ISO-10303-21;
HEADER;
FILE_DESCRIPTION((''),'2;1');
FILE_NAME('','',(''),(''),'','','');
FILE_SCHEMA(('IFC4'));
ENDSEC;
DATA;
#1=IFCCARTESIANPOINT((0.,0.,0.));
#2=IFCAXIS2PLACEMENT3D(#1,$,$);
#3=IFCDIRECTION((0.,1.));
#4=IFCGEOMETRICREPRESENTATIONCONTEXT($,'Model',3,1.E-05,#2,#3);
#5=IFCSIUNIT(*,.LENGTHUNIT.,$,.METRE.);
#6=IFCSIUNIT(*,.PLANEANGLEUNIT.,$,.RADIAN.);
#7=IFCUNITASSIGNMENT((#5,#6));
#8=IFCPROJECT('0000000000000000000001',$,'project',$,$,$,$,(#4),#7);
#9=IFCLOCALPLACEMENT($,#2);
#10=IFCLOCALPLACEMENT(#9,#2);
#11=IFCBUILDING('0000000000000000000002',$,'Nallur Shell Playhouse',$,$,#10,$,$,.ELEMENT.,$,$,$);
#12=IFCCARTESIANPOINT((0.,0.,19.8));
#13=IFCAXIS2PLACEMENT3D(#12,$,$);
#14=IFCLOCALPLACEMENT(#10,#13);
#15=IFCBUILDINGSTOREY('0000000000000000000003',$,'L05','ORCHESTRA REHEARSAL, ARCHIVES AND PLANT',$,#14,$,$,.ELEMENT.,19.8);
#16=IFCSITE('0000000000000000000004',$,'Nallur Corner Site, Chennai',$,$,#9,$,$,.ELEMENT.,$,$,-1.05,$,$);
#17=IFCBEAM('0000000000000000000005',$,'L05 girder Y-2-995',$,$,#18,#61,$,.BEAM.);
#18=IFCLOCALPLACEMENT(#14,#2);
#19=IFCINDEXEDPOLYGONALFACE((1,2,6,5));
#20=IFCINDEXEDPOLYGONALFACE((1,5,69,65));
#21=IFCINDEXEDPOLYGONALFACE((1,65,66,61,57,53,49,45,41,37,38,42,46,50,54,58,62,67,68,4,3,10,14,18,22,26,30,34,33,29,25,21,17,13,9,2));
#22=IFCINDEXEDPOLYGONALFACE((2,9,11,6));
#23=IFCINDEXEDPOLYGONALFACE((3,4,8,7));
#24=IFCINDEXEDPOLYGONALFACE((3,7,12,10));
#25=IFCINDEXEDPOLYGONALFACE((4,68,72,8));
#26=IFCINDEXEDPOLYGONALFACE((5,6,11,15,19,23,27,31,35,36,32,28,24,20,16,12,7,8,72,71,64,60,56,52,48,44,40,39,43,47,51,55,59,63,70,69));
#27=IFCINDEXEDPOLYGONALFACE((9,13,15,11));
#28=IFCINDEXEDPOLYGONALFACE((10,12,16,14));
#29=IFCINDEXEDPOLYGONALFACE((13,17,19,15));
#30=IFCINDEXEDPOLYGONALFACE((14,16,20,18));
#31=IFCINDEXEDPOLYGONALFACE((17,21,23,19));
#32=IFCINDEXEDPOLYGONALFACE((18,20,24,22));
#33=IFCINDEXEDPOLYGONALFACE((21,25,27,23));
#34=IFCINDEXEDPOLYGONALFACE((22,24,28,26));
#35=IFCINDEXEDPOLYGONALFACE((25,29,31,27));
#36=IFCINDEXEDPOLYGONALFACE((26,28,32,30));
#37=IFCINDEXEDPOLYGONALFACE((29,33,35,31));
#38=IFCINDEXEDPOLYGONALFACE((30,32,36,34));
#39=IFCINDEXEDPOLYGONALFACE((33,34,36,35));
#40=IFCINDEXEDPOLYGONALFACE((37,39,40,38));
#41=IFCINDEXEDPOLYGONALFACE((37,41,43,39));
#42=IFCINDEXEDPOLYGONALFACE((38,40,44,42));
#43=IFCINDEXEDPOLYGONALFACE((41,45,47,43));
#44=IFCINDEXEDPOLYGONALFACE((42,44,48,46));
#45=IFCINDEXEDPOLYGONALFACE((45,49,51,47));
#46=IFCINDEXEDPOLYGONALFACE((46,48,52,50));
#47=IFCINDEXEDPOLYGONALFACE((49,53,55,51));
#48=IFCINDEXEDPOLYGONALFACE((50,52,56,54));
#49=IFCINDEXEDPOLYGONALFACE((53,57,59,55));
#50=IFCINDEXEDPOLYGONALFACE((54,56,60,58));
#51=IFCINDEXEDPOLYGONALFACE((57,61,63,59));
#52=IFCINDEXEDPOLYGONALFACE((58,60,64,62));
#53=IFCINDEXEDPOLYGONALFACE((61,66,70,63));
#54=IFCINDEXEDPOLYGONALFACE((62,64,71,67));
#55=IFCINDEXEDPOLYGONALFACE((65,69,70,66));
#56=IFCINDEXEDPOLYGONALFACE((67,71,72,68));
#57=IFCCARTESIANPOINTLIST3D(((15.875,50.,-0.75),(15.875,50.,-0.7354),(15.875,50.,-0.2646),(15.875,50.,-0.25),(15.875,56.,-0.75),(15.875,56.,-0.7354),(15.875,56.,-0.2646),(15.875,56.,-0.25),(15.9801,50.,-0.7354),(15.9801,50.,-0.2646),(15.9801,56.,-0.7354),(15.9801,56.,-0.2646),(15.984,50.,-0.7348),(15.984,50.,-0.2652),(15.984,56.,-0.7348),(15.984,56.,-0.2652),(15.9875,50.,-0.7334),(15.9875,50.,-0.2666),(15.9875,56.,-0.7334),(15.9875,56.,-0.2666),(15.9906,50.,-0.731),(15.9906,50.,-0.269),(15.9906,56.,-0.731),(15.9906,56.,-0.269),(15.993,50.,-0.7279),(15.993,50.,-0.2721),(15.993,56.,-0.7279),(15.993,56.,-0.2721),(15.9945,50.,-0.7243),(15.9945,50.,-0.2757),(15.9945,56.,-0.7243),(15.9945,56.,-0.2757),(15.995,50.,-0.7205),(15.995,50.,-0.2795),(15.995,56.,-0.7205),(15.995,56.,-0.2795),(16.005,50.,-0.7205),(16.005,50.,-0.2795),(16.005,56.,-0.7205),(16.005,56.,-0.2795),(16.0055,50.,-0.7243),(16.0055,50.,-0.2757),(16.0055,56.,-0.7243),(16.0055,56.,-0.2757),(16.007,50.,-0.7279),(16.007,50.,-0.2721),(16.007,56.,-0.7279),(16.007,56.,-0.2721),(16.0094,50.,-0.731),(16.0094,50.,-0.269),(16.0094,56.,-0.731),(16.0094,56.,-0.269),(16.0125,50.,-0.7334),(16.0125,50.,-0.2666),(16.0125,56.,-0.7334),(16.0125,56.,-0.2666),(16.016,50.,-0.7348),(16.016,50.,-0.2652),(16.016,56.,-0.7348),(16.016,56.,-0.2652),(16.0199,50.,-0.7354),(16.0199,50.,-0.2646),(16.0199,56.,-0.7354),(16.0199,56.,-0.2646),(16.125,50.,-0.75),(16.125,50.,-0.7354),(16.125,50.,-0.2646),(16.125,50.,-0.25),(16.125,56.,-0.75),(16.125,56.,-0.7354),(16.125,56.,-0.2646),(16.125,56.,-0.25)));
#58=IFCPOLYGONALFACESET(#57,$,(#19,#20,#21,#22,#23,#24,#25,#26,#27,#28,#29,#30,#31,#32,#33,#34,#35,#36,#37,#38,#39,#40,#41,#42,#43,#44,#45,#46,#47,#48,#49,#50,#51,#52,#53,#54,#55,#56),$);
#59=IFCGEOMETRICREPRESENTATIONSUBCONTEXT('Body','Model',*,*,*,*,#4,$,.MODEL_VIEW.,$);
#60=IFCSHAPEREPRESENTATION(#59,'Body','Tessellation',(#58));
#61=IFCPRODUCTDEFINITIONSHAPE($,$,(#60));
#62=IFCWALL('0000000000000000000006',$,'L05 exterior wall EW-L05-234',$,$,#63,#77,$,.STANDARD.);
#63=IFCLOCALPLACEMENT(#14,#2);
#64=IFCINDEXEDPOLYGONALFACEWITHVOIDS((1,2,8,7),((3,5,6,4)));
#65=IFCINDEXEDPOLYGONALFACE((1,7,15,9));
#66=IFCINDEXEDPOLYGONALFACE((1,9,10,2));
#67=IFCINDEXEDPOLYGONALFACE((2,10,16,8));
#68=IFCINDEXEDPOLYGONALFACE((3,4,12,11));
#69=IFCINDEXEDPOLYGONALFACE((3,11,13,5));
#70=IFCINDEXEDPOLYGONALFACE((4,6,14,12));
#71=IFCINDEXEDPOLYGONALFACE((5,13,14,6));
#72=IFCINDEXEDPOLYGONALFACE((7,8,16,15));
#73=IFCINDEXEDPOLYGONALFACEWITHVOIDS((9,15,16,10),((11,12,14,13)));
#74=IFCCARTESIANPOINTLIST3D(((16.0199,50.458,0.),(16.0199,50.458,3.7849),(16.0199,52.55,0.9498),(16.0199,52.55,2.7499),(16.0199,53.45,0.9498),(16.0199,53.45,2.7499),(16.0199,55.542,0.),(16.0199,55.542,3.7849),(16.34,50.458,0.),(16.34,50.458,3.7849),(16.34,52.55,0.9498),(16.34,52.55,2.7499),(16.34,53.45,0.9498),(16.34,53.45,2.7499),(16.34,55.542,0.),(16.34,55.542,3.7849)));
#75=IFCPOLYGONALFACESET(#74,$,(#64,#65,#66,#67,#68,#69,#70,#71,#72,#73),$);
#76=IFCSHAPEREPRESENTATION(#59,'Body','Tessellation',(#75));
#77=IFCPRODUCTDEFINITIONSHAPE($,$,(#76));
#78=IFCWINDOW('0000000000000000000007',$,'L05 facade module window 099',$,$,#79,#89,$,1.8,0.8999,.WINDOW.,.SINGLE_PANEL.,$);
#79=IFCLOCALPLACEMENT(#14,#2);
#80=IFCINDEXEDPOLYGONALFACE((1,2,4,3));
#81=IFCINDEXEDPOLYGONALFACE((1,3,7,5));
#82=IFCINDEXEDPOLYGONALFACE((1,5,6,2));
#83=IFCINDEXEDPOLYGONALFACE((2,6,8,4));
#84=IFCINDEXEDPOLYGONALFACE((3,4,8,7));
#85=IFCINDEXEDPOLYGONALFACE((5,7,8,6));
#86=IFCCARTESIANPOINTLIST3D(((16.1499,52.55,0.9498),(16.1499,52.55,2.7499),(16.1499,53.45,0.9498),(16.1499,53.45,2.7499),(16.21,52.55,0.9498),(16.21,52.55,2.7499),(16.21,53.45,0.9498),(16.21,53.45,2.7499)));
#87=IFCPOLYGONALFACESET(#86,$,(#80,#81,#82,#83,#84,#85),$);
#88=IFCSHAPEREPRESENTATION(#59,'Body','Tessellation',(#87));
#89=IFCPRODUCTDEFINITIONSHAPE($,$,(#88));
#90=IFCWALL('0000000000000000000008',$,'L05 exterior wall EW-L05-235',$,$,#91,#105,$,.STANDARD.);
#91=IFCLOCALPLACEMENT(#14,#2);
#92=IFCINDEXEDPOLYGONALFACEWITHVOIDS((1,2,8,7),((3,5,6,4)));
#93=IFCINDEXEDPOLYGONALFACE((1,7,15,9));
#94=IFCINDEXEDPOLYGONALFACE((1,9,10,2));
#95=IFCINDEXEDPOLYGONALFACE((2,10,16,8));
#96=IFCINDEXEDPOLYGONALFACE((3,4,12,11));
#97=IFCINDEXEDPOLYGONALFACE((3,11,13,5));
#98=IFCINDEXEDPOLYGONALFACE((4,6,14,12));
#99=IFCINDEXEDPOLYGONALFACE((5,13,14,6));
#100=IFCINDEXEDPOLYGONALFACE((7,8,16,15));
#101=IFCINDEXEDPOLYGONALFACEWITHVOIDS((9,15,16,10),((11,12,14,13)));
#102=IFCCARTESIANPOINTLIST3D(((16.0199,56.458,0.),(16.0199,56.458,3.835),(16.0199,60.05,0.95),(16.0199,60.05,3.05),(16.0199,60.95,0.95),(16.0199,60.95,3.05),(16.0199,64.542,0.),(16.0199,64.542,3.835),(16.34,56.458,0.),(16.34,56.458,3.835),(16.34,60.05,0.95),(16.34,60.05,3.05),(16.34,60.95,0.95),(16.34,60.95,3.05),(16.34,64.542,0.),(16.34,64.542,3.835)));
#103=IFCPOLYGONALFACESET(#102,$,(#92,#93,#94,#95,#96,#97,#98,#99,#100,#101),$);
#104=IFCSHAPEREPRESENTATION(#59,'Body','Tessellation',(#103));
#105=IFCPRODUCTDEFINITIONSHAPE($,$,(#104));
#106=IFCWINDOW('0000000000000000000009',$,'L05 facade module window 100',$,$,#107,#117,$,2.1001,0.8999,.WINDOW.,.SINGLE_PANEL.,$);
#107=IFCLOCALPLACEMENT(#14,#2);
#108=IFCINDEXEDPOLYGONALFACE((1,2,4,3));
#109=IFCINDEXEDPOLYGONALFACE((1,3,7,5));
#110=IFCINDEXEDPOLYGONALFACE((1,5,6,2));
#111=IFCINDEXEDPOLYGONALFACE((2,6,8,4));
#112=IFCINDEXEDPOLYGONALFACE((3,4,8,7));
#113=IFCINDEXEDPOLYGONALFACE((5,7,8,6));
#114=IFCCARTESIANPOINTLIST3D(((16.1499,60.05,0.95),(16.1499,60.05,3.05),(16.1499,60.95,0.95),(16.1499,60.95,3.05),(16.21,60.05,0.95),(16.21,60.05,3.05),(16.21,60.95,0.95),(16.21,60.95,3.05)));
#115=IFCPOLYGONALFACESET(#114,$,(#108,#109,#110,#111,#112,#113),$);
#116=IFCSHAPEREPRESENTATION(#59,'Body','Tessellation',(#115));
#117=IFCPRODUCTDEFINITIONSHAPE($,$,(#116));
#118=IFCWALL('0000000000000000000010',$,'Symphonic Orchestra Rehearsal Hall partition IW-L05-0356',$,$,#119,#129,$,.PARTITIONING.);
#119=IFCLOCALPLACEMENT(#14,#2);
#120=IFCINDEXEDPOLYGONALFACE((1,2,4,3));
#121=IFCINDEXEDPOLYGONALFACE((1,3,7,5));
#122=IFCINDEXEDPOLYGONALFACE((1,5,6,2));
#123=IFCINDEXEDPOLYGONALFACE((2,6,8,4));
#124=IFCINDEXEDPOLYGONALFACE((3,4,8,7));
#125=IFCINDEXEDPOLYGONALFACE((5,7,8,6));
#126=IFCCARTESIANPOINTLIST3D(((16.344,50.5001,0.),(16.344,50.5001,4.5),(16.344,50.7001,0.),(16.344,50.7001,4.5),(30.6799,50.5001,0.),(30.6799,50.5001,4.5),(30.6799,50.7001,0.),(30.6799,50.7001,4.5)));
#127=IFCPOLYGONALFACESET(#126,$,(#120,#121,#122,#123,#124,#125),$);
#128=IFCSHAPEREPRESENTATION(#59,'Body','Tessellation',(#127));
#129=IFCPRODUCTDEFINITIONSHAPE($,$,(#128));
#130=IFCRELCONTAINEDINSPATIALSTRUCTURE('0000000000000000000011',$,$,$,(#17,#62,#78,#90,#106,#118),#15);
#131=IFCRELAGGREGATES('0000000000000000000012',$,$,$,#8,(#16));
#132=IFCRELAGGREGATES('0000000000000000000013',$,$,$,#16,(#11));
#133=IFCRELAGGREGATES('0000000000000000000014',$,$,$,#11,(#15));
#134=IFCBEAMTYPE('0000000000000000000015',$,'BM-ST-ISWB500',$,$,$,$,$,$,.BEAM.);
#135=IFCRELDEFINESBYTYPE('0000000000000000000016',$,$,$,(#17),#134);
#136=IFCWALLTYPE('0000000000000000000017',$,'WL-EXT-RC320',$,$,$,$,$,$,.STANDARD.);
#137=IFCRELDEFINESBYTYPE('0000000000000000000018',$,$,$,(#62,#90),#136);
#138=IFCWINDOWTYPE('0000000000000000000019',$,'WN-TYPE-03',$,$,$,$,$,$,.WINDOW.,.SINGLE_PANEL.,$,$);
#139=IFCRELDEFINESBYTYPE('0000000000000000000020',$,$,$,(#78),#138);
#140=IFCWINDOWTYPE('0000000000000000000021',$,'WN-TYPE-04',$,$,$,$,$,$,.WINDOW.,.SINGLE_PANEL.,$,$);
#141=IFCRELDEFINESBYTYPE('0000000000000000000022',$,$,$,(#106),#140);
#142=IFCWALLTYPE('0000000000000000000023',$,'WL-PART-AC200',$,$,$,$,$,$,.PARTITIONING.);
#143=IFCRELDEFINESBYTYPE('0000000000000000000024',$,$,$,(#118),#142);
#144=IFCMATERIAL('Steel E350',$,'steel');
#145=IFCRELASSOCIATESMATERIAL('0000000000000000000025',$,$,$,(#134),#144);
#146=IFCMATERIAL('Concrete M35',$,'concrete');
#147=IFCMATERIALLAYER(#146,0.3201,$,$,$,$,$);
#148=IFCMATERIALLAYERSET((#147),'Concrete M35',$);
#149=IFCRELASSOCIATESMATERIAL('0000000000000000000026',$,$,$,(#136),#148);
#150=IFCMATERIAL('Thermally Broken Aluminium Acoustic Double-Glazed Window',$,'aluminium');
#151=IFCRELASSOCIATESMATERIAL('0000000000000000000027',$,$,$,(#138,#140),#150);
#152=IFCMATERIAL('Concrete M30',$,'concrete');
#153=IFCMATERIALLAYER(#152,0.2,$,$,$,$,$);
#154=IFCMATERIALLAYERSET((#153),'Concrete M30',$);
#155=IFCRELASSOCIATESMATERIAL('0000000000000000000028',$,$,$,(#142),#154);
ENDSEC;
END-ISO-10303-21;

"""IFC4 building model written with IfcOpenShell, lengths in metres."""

from ifc_helpers import new_model, si_unit, direction, frame, frame_2d, origin, origin_2d, place, context, subcontext, project, spatial, rectangle, i_section, extrude, material, layer, layer_set, material_profile, profile_set, type_object, element, fill, save


model = new_model("IFC4")

# Units and contexts
model_context = context("Model", 3, precision=1e-05, world=origin(), true_north=direction((0.0, 1.0)))
body_context = subcontext(model_context, "Body", "Model", "MODEL_VIEW")
ifc_project = project(units=[si_unit("LENGTHUNIT", "METRE"), si_unit("PLANEANGLEUNIT", "RADIAN")], contexts=[model_context])

# Site, building, storey
site_placement = place(None, origin())
site = spatial("IfcSite", under=ifc_project, at=site_placement, Name="Nallur Corner Site, Chennai", CompositionType="ELEMENT", RefElevation=-1.05)
building_placement = place(site_placement, origin())
building = spatial("IfcBuilding", under=site, at=building_placement, Name="Nallur Shell Playhouse", CompositionType="ELEMENT")
storey_placement = place(building_placement, frame((0.0, 0.0, 19.8)))
storey = spatial("IfcBuildingStorey", under=building, at=storey_placement, Name="L05", Description="ORCHESTRA REHEARSAL, ARCHIVES AND PLANT", CompositionType="ELEMENT", Elevation=19.8)

# Beam
ifc_material_1 = material(Name="Concrete M30", Category="concrete")
ifc_material_2 = material(Name="Steel E350", Category="steel")
ifc_material_profile_1 = material_profile(ifc_material_2, i_section(OverallWidth=0.25, OverallDepth=0.5, WebThickness=0.01, FlangeThickness=0.0146, FilletRadius=0.0149, at=origin_2d()), Name="ISWB 500")
ifc_profile_set_1 = profile_set([ifc_material_profile_1], Name="Steel E350")
beam_type_1 = type_object("IfcBeamType", Name="BM-ST-ISWB500", PredefinedType="BEAM", material=ifc_profile_set_1)
beam_1_placement = place(storey_placement, frame((16.0, 50.0, -0.5), z_axis=(0.0, 1.0, 0.0), x_axis=(-1.0, 0.0, 0.0)))
element("IfcBeam", 1, at=beam_1_placement, inside=storey, type_object=beam_type_1, Name="L05 girder Y-2-995", PredefinedType="BEAM", context=body_context, shape_type="SweptSolid", body=[
    extrude(i_section(OverallWidth=0.25, OverallDepth=0.5, WebThickness=0.01, FlangeThickness=0.0146, FilletRadius=0.0149, at=origin_2d()), origin(), (0.0, 0.0, 1.0), 6.0),
])

# Walls, openings, windows
ifc_material_3 = material(Name="Concrete M35", Category="concrete")
ifc_layer_1 = layer(ifc_material_3, 0.3201)
ifc_layer_set_1 = layer_set([ifc_layer_1], Name="Concrete M35")
wall_type_1 = type_object("IfcWallType", Name="WL-EXT-RC320", PredefinedType="STANDARD", material=ifc_layer_set_1)
wall_1_placement = place(storey_placement, frame((16.1799, 50.458, 0.0), z_axis=(0.0, 0.0, 1.0), x_axis=(0.0, 1.0, 0.0)))
wall_1 = element("IfcWall", 2, at=wall_1_placement, inside=storey, type_object=wall_type_1, Name="L05 exterior wall EW-L05-234", PredefinedType="STANDARD", context=body_context, shape_type="SweptSolid", body=[
    extrude(rectangle(XDim=5.084, YDim=0.3201, at=frame_2d((2.542, 0.0))), origin(), (0.0, 0.0, 1.0), 3.7849),
])
opening_1_placement = place(wall_1_placement, frame((2.092, 0.0, 0.95)))
opening_1 = element("IfcOpeningElement", 3, at=opening_1_placement, cuts=wall_1, PredefinedType="OPENING", context=body_context, shape_type="SweptSolid", body=[
    extrude(rectangle(XDim=0.8999, YDim=1.8, at=frame_2d((0.45, 0.8999))), frame((0.0, 0.1699, 0.0), z_axis=(0.0, -1.0, 0.0), x_axis=(1.0, 0.0, 0.0)), (0.0, 0.0, 1.0), 0.3401),
])
ifc_material_4 = material(Name="Thermally Broken Aluminium Acoustic Double-Glazed Window", Category="aluminium")
window_type_1 = type_object("IfcWindowType", Name="WN-TYPE-03", PartitioningType="SINGLE_PANEL", PredefinedType="WINDOW", material=ifc_material_4)
window_1_placement = place(opening_1_placement, origin())
window_1 = element("IfcWindow", 4, at=window_1_placement, inside=storey, type_object=window_type_1, Name="L05 facade module window 099", OverallHeight=1.8, OverallWidth=0.8999, PartitioningType="SINGLE_PANEL", PredefinedType="WINDOW", context=body_context, shape_type="SweptSolid", body=[
    extrude(rectangle(XDim=0.8999, YDim=1.8, at=frame_2d((0.45, 0.8999))), frame((0.0, 0.03, 0.0), z_axis=(0.0, -1.0, 0.0), x_axis=(1.0, 0.0, 0.0)), (0.0, 0.0, 1.0), 0.0601),
])
fill(opening_1, window_1)
wall_2_placement = place(storey_placement, frame((16.1799, 56.458, 0.0), z_axis=(0.0, 0.0, 1.0), x_axis=(0.0, 1.0, 0.0)))
wall_2 = element("IfcWall", 5, at=wall_2_placement, inside=storey, type_object=wall_type_1, Name="L05 exterior wall EW-L05-235", PredefinedType="STANDARD", context=body_context, shape_type="SweptSolid", body=[
    extrude(rectangle(XDim=8.084, YDim=0.3201, at=frame_2d((4.042, 0.0))), origin(), (0.0, 0.0, 1.0), 3.835),
])
opening_2_placement = place(wall_2_placement, frame((3.592, 0.0, 0.95)))
opening_2 = element("IfcOpeningElement", 6, at=opening_2_placement, cuts=wall_2, PredefinedType="OPENING", context=body_context, shape_type="SweptSolid", body=[
    extrude(rectangle(XDim=0.8999, YDim=2.1001, at=frame_2d((0.45, 1.05))), frame((0.0, 0.1699, 0.0), z_axis=(0.0, -1.0, 0.0), x_axis=(1.0, 0.0, 0.0)), (0.0, 0.0, 1.0), 0.3401),
])
window_type_2 = type_object("IfcWindowType", Name="WN-TYPE-04", PartitioningType="SINGLE_PANEL", PredefinedType="WINDOW", material=ifc_material_4)
window_2_placement = place(opening_2_placement, origin())
window_2 = element("IfcWindow", 7, at=window_2_placement, inside=storey, type_object=window_type_2, Name="L05 facade module window 100", OverallHeight=2.1001, OverallWidth=0.8999, PartitioningType="SINGLE_PANEL", PredefinedType="WINDOW", context=body_context, shape_type="SweptSolid", body=[
    extrude(rectangle(XDim=0.8999, YDim=2.1001, at=frame_2d((0.45, 1.05))), frame((0.0, 0.03, 0.0), z_axis=(0.0, -1.0, 0.0), x_axis=(1.0, 0.0, 0.0)), (0.0, 0.0, 1.0), 0.0601),
])
fill(opening_2, window_2)

# Wall
ifc_layer_2 = layer(ifc_material_1, 0.2)
ifc_layer_set_2 = layer_set([ifc_layer_2], Name="Concrete M30")
wall_type_2 = type_object("IfcWallType", Name="WL-PART-AC200", PredefinedType="PARTITIONING", material=ifc_layer_set_2)
wall_3_placement = place(storey_placement, frame((16.344, 50.6001, 0.0), z_axis=(0.0, 0.0, 1.0), x_axis=(1.0, 0.0, 0.0)))
element("IfcWall", 8, at=wall_3_placement, inside=storey, type_object=wall_type_2, Name="Symphonic Orchestra Rehearsal Hall partition IW-L05-0356", PredefinedType="PARTITIONING", context=body_context, shape_type="SweptSolid", body=[
    extrude(rectangle(XDim=14.3359, YDim=0.2, at=frame_2d((7.168, 0.0))), origin(), (0.0, 0.0, 1.0), 4.5),
])

save(model, "model.ifc")
